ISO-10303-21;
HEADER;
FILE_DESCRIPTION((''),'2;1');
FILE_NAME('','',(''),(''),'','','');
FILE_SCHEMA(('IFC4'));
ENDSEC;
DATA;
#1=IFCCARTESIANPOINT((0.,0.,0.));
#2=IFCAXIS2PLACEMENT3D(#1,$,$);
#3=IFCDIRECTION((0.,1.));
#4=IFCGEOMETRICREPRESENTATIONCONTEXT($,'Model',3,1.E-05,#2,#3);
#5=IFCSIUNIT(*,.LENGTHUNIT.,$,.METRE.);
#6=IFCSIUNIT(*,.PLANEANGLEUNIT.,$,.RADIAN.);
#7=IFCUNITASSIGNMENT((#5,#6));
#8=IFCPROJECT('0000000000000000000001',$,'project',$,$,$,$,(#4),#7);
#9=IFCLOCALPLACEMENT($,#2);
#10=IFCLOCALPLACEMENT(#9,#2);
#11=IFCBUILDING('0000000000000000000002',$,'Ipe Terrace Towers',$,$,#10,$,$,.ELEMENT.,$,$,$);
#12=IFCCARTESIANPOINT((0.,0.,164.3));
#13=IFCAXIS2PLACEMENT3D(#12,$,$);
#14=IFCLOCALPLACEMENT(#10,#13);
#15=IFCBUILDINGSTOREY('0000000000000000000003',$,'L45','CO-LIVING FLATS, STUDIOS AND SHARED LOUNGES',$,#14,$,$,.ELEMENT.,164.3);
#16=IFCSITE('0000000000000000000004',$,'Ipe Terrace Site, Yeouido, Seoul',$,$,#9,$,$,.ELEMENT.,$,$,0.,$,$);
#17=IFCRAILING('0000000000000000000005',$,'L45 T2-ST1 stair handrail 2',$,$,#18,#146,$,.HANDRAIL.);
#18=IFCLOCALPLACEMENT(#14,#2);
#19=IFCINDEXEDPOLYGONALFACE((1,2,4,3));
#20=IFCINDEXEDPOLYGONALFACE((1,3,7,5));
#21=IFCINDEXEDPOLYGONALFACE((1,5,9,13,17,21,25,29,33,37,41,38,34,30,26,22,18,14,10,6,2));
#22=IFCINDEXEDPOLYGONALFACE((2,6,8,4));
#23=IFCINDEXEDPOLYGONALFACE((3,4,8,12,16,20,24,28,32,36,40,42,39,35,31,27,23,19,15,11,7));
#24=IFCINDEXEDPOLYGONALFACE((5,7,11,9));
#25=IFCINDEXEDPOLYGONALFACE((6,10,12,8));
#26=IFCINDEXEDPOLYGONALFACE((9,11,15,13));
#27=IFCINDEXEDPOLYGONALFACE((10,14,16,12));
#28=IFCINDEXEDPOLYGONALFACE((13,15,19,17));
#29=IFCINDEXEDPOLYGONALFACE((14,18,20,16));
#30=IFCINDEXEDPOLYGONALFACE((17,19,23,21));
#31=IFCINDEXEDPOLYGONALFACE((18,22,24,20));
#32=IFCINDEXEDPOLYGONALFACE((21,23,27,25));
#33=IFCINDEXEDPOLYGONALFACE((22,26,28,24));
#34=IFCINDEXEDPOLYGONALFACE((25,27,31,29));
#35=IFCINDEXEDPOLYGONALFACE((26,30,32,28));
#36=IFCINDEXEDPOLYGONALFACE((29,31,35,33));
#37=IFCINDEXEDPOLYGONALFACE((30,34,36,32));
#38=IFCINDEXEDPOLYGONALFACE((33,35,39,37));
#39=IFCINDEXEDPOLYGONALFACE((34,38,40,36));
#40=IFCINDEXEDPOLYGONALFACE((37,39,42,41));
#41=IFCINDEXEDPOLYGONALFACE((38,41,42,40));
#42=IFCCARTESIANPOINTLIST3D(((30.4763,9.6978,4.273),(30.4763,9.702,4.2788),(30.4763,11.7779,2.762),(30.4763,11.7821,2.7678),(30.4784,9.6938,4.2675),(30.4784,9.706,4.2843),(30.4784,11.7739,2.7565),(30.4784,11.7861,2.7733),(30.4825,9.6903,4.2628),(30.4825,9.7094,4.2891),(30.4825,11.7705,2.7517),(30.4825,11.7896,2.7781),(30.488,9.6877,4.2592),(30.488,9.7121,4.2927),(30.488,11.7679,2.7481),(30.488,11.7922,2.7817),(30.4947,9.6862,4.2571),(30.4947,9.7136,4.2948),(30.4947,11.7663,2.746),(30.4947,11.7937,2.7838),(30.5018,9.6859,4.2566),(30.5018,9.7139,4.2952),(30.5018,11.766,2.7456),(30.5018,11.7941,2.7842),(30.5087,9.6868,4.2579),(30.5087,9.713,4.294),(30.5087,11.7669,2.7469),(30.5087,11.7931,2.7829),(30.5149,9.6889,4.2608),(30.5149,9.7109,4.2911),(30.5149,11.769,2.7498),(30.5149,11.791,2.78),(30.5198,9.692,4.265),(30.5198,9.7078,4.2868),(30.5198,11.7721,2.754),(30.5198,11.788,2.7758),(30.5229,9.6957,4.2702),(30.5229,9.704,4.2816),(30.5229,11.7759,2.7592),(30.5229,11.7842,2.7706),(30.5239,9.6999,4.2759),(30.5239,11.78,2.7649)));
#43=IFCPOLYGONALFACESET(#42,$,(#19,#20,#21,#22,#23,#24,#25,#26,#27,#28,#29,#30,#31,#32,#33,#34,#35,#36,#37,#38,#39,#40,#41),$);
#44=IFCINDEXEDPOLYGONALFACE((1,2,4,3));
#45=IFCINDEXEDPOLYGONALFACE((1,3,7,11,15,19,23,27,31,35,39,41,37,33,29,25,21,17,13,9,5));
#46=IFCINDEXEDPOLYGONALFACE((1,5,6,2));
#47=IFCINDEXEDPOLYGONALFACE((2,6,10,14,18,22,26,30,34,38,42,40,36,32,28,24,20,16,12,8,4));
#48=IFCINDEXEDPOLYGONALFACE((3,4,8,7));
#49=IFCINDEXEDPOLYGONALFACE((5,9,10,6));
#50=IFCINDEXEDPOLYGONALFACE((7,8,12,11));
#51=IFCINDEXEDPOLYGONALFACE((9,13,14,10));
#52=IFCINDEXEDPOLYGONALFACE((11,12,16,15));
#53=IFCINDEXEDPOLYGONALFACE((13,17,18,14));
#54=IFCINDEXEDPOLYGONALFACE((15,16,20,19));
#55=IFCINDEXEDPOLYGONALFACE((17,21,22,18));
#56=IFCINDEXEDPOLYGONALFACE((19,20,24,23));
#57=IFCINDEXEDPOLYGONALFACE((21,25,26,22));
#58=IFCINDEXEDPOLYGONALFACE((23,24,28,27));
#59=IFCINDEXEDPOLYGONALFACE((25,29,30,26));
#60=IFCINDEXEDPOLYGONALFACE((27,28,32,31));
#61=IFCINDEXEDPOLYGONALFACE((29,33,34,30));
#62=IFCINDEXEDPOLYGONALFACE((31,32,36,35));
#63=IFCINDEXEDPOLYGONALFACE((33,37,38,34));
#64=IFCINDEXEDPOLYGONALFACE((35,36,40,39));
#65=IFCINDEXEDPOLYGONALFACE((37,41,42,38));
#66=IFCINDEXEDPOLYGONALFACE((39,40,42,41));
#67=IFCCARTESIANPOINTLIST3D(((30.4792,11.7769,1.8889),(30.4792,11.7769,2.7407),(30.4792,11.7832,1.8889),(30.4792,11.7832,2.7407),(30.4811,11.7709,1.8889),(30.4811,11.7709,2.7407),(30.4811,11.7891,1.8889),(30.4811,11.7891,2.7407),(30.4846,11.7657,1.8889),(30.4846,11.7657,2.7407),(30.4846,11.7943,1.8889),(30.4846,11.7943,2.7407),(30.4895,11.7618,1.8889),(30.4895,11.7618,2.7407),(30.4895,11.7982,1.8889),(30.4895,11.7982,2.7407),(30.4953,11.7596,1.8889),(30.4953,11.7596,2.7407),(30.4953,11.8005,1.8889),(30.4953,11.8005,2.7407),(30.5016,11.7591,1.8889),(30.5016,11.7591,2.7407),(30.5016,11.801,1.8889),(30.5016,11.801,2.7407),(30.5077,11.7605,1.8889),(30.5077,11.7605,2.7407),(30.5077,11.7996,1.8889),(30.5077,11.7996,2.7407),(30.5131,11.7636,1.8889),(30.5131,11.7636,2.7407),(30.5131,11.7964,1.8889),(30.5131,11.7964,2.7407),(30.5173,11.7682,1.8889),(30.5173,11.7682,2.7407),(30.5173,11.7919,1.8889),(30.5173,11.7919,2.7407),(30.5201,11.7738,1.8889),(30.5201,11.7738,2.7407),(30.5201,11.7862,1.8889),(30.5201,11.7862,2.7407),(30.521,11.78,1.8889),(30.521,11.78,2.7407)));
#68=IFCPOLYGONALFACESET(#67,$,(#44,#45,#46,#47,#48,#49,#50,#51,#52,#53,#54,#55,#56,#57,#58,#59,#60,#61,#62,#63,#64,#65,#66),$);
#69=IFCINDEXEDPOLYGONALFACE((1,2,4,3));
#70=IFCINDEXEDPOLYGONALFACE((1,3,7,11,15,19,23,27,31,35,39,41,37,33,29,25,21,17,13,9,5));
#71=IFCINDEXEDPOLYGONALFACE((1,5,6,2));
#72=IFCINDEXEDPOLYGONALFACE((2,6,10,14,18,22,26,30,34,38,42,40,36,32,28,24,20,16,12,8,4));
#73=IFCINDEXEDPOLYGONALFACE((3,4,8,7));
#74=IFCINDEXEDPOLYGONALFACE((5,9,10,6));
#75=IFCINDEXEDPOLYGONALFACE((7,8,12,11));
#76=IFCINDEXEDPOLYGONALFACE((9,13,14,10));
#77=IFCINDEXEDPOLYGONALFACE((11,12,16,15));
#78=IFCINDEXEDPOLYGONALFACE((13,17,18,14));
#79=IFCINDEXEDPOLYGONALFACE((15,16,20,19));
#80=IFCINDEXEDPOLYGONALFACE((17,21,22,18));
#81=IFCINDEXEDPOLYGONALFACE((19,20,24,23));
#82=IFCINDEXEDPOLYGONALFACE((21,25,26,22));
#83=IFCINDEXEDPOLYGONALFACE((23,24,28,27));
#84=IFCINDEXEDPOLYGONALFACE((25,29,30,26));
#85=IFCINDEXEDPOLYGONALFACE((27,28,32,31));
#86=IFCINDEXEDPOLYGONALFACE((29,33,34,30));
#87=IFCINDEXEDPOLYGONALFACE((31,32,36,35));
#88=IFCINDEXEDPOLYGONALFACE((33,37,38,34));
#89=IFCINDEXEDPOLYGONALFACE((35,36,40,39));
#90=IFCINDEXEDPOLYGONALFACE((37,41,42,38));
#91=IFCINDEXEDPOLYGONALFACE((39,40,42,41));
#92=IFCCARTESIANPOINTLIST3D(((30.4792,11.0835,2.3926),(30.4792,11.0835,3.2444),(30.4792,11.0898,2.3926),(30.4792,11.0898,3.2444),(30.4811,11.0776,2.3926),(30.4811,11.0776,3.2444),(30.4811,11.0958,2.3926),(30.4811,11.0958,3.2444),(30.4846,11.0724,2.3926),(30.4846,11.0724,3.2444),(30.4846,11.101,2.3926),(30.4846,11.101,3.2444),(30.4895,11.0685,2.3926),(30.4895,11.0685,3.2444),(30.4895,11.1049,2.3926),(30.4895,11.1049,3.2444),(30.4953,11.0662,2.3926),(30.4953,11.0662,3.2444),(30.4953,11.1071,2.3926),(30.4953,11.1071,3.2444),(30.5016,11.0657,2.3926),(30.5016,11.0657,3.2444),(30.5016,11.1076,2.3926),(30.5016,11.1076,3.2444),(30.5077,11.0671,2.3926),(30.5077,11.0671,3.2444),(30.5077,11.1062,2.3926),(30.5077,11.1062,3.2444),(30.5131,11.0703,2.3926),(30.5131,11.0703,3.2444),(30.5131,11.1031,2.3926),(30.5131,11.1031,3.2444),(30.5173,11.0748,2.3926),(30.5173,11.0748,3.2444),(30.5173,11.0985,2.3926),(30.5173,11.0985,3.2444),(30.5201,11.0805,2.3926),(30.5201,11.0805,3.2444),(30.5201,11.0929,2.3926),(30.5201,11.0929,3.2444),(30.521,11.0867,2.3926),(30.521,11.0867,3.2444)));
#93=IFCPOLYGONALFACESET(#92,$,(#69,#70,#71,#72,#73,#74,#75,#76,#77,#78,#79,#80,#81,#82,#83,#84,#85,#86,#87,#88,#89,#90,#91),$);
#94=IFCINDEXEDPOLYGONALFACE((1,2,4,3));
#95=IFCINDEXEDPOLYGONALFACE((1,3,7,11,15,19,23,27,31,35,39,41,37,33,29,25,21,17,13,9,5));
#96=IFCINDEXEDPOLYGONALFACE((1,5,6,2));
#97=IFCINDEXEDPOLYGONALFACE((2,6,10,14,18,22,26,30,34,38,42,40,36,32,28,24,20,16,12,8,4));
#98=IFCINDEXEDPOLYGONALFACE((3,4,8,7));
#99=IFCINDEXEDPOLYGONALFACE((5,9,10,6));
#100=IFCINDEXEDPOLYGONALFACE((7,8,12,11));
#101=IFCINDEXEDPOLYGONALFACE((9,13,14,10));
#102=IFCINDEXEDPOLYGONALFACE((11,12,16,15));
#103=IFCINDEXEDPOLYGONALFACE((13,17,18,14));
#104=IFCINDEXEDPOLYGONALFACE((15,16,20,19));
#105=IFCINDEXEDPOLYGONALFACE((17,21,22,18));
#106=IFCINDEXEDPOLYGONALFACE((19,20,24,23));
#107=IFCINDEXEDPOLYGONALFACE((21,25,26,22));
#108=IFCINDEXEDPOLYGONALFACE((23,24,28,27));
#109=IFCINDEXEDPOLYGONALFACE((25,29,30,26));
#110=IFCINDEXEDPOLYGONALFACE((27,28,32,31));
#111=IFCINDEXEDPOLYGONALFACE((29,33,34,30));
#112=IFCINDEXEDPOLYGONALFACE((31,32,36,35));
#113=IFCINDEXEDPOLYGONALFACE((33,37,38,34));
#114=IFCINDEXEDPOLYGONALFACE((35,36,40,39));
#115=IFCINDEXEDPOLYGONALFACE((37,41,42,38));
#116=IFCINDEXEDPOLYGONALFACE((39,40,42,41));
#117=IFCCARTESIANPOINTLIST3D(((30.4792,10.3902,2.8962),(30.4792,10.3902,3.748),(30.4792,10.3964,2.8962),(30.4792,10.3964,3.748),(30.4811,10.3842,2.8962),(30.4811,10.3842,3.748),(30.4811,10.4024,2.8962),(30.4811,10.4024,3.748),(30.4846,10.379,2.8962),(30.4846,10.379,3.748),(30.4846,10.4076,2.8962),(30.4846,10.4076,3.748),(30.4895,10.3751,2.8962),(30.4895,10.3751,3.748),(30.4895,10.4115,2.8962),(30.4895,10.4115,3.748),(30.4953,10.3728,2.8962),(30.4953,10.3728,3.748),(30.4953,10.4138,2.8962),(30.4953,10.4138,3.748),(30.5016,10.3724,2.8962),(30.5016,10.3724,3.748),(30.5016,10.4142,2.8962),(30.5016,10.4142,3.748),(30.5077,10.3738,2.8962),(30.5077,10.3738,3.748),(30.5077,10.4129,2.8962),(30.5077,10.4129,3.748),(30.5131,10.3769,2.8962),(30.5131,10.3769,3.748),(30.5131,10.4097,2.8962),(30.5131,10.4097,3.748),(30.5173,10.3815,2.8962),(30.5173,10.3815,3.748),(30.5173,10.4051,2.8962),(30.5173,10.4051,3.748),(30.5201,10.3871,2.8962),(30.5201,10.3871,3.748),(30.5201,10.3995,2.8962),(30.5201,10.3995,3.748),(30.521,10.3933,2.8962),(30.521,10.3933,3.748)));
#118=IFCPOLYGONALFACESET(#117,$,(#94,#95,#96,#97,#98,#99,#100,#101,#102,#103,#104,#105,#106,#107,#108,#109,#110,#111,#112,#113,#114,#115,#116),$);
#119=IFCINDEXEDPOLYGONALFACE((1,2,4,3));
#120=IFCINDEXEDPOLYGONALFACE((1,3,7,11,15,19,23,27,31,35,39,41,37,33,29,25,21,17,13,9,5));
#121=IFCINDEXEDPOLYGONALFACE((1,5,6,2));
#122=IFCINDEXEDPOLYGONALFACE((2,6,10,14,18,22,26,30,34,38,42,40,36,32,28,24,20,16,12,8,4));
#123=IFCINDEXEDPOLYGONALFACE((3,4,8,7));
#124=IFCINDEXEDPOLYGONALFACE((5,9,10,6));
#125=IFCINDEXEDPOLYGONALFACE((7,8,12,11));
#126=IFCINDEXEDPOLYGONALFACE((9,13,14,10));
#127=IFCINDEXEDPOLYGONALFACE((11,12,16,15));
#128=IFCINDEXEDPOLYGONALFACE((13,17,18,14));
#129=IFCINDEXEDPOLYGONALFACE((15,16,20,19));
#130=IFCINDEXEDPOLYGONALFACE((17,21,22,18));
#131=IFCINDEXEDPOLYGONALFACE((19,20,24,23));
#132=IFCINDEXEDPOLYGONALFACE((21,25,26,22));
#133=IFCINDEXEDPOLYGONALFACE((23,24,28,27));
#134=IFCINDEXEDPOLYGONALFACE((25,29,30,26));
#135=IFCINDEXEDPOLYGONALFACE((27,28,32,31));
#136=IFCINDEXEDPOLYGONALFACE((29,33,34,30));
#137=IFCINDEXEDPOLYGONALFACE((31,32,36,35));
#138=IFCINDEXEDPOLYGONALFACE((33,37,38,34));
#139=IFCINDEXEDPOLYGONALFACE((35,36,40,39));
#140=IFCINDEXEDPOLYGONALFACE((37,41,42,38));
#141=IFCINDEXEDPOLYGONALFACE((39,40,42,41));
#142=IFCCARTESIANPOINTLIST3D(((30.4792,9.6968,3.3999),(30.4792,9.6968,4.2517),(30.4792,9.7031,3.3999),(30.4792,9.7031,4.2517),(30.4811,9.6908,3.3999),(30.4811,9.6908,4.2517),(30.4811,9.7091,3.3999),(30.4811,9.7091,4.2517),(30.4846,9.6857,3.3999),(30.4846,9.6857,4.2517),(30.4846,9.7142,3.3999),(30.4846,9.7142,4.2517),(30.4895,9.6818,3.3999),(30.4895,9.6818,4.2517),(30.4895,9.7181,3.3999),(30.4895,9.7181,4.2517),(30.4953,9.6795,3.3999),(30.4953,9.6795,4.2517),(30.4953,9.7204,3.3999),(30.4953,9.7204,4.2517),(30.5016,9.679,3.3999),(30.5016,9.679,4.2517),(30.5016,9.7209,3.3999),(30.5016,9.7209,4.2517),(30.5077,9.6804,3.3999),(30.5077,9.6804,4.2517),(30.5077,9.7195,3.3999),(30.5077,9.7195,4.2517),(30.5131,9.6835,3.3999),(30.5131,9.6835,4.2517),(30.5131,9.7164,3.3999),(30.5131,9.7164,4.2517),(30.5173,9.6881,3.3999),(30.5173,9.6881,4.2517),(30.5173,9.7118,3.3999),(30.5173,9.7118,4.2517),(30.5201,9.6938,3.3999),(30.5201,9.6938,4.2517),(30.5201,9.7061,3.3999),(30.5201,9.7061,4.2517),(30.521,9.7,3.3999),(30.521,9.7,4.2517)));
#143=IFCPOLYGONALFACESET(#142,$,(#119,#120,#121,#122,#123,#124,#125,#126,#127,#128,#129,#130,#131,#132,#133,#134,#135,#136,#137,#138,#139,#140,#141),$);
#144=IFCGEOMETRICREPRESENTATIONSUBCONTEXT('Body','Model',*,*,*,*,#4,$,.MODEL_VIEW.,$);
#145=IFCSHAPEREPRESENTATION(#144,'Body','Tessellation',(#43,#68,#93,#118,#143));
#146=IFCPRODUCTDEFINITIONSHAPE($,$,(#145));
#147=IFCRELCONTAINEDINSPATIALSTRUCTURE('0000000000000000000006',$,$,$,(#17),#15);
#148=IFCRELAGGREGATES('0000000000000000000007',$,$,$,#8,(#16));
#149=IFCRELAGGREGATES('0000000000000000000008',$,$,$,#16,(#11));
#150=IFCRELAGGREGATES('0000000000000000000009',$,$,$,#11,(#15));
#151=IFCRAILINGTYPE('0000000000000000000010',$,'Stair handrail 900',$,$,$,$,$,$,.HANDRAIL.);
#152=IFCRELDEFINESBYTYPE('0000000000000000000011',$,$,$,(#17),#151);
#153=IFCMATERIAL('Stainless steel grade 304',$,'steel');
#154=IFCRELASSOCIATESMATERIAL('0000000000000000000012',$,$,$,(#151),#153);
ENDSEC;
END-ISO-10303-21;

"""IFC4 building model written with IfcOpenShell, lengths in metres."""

from ifc_helpers import new_model, si_unit, direction, frame, origin, origin_2d, place, context, subcontext, project, spatial, circle, extrude, material, type_object, element, save


model = new_model("IFC4")

# Units and contexts
model_context = context("Model", 3, precision=1e-05, world=origin(), true_north=direction((0.0, 1.0)))
body_context = subcontext(model_context, "Body", "Model", "MODEL_VIEW")
ifc_project = project(units=[si_unit("LENGTHUNIT", "METRE"), si_unit("PLANEANGLEUNIT", "RADIAN")], contexts=[model_context])

# Site, building, storey
site_placement = place(None, origin())
site = spatial("IfcSite", under=ifc_project, at=site_placement, Name="Ipe Terrace Site, Yeouido, Seoul", CompositionType="ELEMENT", RefElevation=0.0)
building_placement = place(site_placement, origin())
building = spatial("IfcBuilding", under=site, at=building_placement, Name="Ipe Terrace Towers", CompositionType="ELEMENT")
storey_placement = place(building_placement, frame((0.0, 0.0, 164.3)))
storey = spatial("IfcBuildingStorey", under=building, at=storey_placement, Name="L45", Description="CO-LIVING FLATS, STUDIOS AND SHARED LOUNGES", CompositionType="ELEMENT", Elevation=164.3)

# Railing
ifc_material_1 = material(Name="Stainless steel grade 304", Category="steel")
railing_type_1 = type_object("IfcRailingType", Name="Stair handrail 900", PredefinedType="HANDRAIL", material=ifc_material_1)
railing_1_placement = place(storey_placement, frame((30.5, 11.78, 1.8889)))
element("IfcRailing", 1, at=railing_1_placement, inside=storey, type_object=railing_type_1, Name="L45 T2-ST1 stair handrail 2", PredefinedType="HANDRAIL", context=body_context, shape_type="SweptSolid", body=[
    extrude(circle(Radius=0.0239, at=origin_2d()), frame((0.0, 0.0, 0.876), z_axis=(0.0, -0.809069, 0.587714), x_axis=(1.0, 0.0, 0.0)), (0.0, 0.0, 1.0), 2.571),
    extrude(circle(Radius=0.021, at=origin_2d()), origin(), (0.0, 0.0, 1.0), 0.8518),
    extrude(circle(Radius=0.021, at=origin_2d()), frame((0.0, -0.6934, 0.5037)), (0.0, 0.0, 1.0), 0.8518),
    extrude(circle(Radius=0.021, at=origin_2d()), frame((0.0, -1.3867, 1.0073)), (0.0, 0.0, 1.0), 0.8518),
    extrude(circle(Radius=0.021, at=origin_2d()), frame((0.0, -2.0801, 1.511)), (0.0, 0.0, 1.0), 0.8518),
])

save(model, "model.ifc")
